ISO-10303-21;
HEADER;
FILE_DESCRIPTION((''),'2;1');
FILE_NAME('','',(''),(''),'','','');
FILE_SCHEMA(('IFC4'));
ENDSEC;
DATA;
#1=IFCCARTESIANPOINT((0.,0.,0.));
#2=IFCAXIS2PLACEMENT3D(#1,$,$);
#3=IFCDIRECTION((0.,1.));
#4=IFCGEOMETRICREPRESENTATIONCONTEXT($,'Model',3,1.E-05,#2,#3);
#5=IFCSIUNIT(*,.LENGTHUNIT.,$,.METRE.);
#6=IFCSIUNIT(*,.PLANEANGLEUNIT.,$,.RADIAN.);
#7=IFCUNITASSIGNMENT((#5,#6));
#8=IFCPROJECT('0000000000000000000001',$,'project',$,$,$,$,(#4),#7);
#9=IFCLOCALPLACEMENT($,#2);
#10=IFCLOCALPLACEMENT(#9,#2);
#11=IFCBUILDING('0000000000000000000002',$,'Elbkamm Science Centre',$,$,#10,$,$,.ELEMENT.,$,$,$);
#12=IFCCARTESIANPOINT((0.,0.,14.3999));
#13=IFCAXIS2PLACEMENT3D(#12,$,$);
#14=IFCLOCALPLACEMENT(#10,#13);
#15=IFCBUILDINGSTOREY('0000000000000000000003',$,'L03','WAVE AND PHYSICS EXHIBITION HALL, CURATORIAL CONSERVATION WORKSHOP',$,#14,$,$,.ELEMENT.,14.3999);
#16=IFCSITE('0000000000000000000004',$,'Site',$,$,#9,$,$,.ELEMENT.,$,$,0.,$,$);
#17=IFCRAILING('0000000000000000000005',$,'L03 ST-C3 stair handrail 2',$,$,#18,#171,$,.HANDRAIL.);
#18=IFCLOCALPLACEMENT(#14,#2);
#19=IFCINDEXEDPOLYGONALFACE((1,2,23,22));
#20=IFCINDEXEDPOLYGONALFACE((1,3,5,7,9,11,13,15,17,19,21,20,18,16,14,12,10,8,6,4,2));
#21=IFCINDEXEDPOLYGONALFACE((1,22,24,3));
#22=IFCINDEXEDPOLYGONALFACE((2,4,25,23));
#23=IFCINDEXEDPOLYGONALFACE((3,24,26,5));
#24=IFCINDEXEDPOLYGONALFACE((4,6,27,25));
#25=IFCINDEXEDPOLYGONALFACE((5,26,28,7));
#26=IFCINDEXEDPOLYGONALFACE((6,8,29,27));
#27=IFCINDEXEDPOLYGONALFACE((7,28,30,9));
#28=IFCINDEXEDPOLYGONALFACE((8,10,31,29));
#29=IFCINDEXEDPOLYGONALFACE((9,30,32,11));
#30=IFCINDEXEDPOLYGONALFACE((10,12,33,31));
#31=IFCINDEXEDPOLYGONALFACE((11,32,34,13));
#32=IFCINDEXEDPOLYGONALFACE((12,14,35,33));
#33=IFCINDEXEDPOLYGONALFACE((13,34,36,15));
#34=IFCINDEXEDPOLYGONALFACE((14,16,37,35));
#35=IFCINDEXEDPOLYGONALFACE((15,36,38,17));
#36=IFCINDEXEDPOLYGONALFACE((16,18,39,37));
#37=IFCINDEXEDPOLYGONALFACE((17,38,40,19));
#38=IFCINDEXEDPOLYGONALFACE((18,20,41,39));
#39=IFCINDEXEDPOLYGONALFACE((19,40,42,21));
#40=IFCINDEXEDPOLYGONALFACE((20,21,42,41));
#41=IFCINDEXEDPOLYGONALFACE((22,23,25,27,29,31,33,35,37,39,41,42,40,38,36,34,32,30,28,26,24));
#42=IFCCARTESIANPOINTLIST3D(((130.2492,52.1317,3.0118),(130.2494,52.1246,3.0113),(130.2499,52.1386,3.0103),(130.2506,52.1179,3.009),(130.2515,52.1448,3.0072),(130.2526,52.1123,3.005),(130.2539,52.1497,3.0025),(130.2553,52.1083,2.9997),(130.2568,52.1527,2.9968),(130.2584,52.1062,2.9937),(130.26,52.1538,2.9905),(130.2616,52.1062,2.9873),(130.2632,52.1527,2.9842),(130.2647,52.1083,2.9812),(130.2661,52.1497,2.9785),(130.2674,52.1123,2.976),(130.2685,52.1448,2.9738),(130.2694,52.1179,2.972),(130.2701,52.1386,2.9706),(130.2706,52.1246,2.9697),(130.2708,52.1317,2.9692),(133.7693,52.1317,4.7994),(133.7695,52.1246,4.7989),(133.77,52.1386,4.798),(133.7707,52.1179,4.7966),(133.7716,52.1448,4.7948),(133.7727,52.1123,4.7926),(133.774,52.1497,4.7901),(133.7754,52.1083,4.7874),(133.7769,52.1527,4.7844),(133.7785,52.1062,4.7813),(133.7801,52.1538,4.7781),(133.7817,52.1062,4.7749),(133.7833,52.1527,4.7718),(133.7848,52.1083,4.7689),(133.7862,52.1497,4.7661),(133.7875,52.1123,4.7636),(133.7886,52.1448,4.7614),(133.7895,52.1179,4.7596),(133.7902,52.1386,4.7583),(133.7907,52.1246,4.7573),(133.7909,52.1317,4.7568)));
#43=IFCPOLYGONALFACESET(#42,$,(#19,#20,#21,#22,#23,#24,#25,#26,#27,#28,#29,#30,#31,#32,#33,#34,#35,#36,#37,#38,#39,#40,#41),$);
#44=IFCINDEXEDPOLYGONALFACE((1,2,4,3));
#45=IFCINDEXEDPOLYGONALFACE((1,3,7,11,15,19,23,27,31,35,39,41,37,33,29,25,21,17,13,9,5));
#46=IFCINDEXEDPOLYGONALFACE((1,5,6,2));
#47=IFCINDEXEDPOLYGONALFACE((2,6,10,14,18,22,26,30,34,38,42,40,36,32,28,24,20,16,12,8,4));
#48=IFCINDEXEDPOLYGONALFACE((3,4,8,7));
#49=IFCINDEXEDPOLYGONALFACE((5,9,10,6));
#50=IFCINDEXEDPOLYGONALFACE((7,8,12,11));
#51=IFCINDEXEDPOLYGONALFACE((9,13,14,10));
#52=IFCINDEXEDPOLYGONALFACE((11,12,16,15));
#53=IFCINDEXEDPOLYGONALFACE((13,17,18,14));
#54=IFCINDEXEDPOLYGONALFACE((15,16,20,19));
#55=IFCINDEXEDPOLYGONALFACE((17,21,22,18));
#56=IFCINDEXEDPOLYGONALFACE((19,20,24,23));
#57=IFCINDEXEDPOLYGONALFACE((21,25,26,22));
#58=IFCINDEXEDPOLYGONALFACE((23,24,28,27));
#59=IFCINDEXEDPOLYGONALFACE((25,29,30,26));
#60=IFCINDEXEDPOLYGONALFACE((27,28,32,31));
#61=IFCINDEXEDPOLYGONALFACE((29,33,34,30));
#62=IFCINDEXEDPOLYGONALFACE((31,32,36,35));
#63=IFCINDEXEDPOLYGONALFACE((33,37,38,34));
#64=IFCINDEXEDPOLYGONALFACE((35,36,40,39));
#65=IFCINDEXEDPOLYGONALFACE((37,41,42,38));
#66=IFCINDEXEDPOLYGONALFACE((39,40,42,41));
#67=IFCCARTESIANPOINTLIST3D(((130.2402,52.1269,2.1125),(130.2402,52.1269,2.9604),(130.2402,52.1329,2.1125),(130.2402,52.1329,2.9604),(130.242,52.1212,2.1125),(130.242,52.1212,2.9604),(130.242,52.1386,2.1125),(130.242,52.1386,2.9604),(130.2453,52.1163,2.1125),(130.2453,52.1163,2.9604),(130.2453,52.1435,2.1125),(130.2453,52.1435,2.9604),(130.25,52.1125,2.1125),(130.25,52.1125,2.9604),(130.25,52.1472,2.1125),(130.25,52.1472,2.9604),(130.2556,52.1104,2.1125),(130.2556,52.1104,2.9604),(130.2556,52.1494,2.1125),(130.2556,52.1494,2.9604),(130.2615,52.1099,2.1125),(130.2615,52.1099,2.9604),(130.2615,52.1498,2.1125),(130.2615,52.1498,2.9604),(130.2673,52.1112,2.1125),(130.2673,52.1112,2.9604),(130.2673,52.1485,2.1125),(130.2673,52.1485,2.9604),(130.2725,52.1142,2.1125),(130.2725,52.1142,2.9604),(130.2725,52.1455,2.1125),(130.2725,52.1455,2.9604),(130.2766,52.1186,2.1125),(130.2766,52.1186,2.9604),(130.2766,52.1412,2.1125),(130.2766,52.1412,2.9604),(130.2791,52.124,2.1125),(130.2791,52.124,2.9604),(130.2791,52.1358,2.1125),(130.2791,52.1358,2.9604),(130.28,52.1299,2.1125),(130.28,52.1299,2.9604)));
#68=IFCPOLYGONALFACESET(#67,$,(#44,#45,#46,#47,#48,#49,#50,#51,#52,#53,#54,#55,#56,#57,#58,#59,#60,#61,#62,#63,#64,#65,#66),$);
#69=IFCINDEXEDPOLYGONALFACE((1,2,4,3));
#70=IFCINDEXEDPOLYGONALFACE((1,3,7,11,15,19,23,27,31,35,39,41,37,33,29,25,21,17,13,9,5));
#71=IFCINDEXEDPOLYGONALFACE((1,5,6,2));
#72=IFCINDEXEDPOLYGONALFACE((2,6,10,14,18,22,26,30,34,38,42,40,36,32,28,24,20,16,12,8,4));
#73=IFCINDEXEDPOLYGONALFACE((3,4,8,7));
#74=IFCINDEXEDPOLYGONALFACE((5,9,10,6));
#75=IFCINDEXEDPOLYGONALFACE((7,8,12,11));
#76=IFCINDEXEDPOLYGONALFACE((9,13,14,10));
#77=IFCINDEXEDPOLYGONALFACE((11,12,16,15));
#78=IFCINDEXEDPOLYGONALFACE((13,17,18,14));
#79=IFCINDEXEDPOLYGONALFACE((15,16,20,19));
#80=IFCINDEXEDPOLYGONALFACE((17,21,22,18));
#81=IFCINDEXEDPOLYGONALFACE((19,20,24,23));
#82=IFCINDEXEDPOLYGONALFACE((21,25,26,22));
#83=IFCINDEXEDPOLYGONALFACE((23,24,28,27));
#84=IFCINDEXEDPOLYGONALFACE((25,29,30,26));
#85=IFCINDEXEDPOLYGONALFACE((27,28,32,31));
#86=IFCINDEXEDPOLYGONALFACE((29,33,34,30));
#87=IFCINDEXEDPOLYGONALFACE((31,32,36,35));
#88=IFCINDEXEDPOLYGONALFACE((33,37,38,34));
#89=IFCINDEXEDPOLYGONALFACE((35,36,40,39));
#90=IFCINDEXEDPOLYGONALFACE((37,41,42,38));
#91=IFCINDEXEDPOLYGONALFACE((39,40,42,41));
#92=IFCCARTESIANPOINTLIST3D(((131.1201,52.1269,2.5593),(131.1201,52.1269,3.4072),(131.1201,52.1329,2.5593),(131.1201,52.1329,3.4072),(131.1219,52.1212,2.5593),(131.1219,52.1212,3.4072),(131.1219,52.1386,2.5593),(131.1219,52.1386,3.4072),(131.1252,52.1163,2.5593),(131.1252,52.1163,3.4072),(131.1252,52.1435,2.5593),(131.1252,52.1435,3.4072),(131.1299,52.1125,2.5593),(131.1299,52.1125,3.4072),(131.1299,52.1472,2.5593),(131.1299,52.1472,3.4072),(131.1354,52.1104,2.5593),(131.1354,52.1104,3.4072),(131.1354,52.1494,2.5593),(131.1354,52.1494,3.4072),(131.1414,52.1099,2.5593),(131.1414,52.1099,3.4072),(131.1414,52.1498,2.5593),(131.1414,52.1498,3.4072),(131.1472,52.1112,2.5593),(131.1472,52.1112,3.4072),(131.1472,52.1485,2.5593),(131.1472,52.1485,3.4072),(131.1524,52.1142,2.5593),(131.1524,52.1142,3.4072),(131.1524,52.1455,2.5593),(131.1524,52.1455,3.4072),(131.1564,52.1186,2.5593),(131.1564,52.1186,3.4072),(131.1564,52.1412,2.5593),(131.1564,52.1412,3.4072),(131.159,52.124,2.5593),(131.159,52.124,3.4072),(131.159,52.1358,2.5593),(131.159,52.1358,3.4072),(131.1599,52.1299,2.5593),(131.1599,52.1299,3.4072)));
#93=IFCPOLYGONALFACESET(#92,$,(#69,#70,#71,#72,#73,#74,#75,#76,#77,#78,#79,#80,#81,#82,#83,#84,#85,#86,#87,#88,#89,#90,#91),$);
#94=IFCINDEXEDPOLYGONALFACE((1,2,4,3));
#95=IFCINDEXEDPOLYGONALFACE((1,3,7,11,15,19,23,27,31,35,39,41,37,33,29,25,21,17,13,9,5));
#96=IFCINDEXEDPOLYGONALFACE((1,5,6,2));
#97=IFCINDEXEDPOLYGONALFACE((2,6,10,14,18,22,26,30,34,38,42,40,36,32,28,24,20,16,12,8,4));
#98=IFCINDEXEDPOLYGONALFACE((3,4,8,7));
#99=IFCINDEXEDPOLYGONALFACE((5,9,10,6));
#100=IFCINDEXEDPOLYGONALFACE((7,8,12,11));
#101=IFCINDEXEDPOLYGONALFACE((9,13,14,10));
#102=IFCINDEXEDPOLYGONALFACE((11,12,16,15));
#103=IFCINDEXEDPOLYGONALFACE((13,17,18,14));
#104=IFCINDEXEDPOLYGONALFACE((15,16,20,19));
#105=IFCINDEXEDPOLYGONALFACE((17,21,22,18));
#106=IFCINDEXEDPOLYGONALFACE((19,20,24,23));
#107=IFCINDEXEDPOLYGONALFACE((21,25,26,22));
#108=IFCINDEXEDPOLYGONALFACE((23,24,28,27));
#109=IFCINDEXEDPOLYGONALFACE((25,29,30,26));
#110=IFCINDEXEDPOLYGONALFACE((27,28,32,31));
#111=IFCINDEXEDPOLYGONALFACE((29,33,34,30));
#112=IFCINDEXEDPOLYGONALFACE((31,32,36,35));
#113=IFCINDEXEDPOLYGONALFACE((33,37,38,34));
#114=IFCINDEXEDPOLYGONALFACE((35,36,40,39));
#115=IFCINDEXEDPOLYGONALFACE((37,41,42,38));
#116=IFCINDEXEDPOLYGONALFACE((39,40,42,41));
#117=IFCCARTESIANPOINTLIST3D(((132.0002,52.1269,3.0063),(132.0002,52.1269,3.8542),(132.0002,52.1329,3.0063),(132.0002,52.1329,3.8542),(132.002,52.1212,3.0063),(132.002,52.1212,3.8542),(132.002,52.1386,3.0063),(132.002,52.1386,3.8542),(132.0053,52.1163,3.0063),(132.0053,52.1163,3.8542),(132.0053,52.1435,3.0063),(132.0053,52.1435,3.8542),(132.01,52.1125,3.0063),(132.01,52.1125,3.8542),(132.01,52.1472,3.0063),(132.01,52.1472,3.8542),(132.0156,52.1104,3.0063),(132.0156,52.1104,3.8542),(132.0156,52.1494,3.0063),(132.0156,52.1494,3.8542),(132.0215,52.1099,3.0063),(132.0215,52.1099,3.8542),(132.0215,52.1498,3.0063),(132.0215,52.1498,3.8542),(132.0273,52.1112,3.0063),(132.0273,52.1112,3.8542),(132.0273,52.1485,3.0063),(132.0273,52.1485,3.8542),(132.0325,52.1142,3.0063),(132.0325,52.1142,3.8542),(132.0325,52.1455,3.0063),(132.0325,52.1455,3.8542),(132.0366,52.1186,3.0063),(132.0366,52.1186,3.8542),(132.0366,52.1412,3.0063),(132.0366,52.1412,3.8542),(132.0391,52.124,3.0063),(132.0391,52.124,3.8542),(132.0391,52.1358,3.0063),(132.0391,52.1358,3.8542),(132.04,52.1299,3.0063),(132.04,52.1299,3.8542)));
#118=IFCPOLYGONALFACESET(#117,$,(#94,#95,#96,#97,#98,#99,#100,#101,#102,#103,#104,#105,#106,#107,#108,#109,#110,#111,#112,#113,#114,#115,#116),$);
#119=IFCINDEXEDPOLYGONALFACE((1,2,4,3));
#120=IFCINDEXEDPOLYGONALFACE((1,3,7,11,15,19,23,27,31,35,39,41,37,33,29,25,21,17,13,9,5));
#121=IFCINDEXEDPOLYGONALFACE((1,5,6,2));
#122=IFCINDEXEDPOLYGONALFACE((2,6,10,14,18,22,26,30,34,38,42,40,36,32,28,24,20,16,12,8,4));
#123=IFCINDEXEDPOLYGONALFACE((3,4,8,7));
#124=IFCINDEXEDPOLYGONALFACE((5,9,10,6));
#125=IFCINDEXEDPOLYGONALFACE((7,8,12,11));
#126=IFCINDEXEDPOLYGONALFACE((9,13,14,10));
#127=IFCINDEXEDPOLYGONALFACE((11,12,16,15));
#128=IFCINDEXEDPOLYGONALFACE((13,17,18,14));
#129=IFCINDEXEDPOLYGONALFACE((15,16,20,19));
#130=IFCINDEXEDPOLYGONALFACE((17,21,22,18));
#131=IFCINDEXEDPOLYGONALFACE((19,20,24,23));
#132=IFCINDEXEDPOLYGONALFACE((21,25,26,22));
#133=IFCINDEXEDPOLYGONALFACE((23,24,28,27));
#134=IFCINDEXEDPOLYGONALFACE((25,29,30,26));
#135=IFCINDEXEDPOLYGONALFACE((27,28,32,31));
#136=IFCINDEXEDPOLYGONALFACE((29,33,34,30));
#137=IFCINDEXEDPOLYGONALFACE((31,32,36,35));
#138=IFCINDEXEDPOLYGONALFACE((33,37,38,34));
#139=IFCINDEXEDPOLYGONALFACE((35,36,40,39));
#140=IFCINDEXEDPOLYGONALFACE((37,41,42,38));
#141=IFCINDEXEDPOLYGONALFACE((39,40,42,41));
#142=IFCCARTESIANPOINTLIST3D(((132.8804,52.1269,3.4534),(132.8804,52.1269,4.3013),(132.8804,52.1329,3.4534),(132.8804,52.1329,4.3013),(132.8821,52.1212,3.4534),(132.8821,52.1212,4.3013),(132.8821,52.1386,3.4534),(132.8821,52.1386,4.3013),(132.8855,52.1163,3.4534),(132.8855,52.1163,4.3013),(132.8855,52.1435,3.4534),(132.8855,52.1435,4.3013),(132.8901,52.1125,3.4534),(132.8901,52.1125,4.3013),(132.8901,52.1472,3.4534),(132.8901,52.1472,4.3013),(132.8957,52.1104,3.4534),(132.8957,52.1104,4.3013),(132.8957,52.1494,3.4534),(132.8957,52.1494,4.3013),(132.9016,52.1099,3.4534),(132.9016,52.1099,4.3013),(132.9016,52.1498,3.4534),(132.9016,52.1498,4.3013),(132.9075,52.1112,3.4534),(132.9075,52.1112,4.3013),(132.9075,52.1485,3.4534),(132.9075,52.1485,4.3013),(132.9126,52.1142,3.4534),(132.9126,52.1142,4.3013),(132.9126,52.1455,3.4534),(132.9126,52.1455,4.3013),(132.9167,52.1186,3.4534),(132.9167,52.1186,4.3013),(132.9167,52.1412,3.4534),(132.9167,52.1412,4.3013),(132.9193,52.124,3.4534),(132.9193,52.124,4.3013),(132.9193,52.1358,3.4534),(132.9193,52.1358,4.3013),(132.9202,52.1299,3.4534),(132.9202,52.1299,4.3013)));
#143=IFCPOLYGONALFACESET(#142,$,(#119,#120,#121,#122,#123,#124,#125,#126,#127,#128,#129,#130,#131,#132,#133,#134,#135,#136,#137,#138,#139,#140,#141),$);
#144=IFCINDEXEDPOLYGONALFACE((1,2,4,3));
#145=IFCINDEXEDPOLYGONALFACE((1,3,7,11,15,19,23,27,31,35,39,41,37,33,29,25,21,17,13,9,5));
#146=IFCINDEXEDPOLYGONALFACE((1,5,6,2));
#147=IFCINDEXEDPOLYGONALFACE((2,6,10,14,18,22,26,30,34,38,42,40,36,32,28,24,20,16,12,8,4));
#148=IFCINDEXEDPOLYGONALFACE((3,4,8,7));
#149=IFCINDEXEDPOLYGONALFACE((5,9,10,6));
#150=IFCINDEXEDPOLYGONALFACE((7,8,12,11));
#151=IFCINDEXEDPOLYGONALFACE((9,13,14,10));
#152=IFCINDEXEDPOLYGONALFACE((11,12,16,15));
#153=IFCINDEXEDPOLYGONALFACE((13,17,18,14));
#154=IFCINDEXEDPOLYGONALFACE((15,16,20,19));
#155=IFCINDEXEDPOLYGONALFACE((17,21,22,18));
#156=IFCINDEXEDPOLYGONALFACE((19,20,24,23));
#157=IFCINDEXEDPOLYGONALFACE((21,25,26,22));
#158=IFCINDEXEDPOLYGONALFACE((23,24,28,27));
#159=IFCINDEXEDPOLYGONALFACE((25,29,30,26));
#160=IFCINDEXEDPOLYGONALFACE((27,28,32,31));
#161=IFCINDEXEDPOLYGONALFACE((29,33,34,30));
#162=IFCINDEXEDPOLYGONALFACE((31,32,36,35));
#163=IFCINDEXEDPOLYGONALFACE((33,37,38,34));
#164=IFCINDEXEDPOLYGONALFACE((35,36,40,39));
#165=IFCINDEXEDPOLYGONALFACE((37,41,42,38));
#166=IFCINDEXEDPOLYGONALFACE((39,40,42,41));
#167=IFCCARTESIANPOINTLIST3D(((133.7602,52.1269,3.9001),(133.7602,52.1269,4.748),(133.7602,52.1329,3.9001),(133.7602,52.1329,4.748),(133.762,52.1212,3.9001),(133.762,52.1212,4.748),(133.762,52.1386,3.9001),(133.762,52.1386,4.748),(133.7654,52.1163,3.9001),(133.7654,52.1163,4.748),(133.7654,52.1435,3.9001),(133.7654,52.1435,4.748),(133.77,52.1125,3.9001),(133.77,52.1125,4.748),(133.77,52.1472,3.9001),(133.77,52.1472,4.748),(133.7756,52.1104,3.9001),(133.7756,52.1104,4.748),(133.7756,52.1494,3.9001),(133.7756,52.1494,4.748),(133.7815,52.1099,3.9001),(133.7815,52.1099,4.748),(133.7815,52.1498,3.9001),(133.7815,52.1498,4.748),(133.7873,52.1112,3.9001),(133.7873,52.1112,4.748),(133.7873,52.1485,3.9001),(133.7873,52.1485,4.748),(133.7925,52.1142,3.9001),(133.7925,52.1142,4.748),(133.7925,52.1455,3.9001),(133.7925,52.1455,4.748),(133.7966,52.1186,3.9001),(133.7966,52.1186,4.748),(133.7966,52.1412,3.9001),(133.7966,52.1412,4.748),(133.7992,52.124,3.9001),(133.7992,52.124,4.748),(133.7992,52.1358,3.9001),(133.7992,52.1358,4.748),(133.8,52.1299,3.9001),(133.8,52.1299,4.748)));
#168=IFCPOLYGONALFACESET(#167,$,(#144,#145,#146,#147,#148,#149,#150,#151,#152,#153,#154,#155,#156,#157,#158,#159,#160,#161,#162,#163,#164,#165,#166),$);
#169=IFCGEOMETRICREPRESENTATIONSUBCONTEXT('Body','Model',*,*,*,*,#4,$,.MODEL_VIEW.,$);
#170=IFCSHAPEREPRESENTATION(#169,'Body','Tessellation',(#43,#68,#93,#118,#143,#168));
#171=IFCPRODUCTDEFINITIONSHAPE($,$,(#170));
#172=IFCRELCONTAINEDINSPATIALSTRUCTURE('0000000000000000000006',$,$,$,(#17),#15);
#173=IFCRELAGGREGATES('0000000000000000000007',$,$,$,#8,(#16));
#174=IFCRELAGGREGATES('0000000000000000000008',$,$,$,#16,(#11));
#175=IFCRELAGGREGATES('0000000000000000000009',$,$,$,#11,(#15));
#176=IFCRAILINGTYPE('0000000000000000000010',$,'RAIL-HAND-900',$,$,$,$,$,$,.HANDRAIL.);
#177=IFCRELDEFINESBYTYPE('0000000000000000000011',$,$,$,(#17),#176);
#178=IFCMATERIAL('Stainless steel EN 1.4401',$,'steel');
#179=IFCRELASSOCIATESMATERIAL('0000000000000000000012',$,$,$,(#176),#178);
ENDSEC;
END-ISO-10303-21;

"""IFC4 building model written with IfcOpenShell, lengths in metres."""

from ifc_helpers import new_model, si_unit, direction, frame, origin, origin_2d, place, context, subcontext, project, spatial, circle, extrude, material, type_object, element, save


model = new_model("IFC4")

# Units and contexts
model_context = context("Model", 3, precision=1e-05, world=origin(), true_north=direction((0.0, 1.0)))
body_context = subcontext(model_context, "Body", "Model", "MODEL_VIEW")
ifc_project = project(units=[si_unit("LENGTHUNIT", "METRE"), si_unit("PLANEANGLEUNIT", "RADIAN")], contexts=[model_context])

# Site, building, storey
site_placement = place(None, origin())
site = spatial("IfcSite", under=ifc_project, at=site_placement, Name="Site", CompositionType="ELEMENT", RefElevation=0.0)
building_placement = place(site_placement, origin())
building = spatial("IfcBuilding", under=site, at=building_placement, Name="Elbkamm Science Centre", CompositionType="ELEMENT")
storey_placement = place(building_placement, frame((0.0, 0.0, 14.3999)))
storey = spatial("IfcBuildingStorey", under=building, at=storey_placement, Name="L03", Description="WAVE AND PHYSICS EXHIBITION HALL, CURATORIAL CONSERVATION WORKSHOP", CompositionType="ELEMENT", Elevation=14.3999)

# Railing
ifc_material_1 = material(Name="Stainless steel EN 1.4401", Category="steel")
railing_type_1 = type_object("IfcRailingType", Name="RAIL-HAND-900", PredefinedType="HANDRAIL", material=ifc_material_1)
railing_1_placement = place(storey_placement, frame((130.26, 52.1299, 2.1125)))
element("IfcRailing", 1, at=railing_1_placement, inside=storey, type_object=railing_type_1, Name="L03 ST-C3 stair handrail 2", PredefinedType="HANDRAIL", context=body_context, shape_type="SweptSolid", body=[
    extrude(circle(Radius=0.0239, at=origin_2d()), frame((0.0, 0.0, 0.8779), z_axis=(0.891615, 0.0, 0.452795), x_axis=(0.0, 1.0, 0.0)), (0.0, 0.0, 1.0), 3.948),
    extrude(circle(Radius=0.02, at=origin_2d()), origin(), (0.0, 0.0, 1.0), 0.8479),
    extrude(circle(Radius=0.02, at=origin_2d()), frame((0.8799, 0.0, 0.4468)), (0.0, 0.0, 1.0), 0.8479),
    extrude(circle(Radius=0.02, at=origin_2d()), frame((1.76, 0.0, 0.8938)), (0.0, 0.0, 1.0), 0.8479),
    extrude(circle(Radius=0.02, at=origin_2d()), frame((2.6401, 0.0, 1.3408)), (0.0, 0.0, 1.0), 0.8479),
    extrude(circle(Radius=0.02, at=origin_2d()), frame((3.52, 0.0, 1.7876)), (0.0, 0.0, 1.0), 0.8479),
])

save(model, "model.ifc")
